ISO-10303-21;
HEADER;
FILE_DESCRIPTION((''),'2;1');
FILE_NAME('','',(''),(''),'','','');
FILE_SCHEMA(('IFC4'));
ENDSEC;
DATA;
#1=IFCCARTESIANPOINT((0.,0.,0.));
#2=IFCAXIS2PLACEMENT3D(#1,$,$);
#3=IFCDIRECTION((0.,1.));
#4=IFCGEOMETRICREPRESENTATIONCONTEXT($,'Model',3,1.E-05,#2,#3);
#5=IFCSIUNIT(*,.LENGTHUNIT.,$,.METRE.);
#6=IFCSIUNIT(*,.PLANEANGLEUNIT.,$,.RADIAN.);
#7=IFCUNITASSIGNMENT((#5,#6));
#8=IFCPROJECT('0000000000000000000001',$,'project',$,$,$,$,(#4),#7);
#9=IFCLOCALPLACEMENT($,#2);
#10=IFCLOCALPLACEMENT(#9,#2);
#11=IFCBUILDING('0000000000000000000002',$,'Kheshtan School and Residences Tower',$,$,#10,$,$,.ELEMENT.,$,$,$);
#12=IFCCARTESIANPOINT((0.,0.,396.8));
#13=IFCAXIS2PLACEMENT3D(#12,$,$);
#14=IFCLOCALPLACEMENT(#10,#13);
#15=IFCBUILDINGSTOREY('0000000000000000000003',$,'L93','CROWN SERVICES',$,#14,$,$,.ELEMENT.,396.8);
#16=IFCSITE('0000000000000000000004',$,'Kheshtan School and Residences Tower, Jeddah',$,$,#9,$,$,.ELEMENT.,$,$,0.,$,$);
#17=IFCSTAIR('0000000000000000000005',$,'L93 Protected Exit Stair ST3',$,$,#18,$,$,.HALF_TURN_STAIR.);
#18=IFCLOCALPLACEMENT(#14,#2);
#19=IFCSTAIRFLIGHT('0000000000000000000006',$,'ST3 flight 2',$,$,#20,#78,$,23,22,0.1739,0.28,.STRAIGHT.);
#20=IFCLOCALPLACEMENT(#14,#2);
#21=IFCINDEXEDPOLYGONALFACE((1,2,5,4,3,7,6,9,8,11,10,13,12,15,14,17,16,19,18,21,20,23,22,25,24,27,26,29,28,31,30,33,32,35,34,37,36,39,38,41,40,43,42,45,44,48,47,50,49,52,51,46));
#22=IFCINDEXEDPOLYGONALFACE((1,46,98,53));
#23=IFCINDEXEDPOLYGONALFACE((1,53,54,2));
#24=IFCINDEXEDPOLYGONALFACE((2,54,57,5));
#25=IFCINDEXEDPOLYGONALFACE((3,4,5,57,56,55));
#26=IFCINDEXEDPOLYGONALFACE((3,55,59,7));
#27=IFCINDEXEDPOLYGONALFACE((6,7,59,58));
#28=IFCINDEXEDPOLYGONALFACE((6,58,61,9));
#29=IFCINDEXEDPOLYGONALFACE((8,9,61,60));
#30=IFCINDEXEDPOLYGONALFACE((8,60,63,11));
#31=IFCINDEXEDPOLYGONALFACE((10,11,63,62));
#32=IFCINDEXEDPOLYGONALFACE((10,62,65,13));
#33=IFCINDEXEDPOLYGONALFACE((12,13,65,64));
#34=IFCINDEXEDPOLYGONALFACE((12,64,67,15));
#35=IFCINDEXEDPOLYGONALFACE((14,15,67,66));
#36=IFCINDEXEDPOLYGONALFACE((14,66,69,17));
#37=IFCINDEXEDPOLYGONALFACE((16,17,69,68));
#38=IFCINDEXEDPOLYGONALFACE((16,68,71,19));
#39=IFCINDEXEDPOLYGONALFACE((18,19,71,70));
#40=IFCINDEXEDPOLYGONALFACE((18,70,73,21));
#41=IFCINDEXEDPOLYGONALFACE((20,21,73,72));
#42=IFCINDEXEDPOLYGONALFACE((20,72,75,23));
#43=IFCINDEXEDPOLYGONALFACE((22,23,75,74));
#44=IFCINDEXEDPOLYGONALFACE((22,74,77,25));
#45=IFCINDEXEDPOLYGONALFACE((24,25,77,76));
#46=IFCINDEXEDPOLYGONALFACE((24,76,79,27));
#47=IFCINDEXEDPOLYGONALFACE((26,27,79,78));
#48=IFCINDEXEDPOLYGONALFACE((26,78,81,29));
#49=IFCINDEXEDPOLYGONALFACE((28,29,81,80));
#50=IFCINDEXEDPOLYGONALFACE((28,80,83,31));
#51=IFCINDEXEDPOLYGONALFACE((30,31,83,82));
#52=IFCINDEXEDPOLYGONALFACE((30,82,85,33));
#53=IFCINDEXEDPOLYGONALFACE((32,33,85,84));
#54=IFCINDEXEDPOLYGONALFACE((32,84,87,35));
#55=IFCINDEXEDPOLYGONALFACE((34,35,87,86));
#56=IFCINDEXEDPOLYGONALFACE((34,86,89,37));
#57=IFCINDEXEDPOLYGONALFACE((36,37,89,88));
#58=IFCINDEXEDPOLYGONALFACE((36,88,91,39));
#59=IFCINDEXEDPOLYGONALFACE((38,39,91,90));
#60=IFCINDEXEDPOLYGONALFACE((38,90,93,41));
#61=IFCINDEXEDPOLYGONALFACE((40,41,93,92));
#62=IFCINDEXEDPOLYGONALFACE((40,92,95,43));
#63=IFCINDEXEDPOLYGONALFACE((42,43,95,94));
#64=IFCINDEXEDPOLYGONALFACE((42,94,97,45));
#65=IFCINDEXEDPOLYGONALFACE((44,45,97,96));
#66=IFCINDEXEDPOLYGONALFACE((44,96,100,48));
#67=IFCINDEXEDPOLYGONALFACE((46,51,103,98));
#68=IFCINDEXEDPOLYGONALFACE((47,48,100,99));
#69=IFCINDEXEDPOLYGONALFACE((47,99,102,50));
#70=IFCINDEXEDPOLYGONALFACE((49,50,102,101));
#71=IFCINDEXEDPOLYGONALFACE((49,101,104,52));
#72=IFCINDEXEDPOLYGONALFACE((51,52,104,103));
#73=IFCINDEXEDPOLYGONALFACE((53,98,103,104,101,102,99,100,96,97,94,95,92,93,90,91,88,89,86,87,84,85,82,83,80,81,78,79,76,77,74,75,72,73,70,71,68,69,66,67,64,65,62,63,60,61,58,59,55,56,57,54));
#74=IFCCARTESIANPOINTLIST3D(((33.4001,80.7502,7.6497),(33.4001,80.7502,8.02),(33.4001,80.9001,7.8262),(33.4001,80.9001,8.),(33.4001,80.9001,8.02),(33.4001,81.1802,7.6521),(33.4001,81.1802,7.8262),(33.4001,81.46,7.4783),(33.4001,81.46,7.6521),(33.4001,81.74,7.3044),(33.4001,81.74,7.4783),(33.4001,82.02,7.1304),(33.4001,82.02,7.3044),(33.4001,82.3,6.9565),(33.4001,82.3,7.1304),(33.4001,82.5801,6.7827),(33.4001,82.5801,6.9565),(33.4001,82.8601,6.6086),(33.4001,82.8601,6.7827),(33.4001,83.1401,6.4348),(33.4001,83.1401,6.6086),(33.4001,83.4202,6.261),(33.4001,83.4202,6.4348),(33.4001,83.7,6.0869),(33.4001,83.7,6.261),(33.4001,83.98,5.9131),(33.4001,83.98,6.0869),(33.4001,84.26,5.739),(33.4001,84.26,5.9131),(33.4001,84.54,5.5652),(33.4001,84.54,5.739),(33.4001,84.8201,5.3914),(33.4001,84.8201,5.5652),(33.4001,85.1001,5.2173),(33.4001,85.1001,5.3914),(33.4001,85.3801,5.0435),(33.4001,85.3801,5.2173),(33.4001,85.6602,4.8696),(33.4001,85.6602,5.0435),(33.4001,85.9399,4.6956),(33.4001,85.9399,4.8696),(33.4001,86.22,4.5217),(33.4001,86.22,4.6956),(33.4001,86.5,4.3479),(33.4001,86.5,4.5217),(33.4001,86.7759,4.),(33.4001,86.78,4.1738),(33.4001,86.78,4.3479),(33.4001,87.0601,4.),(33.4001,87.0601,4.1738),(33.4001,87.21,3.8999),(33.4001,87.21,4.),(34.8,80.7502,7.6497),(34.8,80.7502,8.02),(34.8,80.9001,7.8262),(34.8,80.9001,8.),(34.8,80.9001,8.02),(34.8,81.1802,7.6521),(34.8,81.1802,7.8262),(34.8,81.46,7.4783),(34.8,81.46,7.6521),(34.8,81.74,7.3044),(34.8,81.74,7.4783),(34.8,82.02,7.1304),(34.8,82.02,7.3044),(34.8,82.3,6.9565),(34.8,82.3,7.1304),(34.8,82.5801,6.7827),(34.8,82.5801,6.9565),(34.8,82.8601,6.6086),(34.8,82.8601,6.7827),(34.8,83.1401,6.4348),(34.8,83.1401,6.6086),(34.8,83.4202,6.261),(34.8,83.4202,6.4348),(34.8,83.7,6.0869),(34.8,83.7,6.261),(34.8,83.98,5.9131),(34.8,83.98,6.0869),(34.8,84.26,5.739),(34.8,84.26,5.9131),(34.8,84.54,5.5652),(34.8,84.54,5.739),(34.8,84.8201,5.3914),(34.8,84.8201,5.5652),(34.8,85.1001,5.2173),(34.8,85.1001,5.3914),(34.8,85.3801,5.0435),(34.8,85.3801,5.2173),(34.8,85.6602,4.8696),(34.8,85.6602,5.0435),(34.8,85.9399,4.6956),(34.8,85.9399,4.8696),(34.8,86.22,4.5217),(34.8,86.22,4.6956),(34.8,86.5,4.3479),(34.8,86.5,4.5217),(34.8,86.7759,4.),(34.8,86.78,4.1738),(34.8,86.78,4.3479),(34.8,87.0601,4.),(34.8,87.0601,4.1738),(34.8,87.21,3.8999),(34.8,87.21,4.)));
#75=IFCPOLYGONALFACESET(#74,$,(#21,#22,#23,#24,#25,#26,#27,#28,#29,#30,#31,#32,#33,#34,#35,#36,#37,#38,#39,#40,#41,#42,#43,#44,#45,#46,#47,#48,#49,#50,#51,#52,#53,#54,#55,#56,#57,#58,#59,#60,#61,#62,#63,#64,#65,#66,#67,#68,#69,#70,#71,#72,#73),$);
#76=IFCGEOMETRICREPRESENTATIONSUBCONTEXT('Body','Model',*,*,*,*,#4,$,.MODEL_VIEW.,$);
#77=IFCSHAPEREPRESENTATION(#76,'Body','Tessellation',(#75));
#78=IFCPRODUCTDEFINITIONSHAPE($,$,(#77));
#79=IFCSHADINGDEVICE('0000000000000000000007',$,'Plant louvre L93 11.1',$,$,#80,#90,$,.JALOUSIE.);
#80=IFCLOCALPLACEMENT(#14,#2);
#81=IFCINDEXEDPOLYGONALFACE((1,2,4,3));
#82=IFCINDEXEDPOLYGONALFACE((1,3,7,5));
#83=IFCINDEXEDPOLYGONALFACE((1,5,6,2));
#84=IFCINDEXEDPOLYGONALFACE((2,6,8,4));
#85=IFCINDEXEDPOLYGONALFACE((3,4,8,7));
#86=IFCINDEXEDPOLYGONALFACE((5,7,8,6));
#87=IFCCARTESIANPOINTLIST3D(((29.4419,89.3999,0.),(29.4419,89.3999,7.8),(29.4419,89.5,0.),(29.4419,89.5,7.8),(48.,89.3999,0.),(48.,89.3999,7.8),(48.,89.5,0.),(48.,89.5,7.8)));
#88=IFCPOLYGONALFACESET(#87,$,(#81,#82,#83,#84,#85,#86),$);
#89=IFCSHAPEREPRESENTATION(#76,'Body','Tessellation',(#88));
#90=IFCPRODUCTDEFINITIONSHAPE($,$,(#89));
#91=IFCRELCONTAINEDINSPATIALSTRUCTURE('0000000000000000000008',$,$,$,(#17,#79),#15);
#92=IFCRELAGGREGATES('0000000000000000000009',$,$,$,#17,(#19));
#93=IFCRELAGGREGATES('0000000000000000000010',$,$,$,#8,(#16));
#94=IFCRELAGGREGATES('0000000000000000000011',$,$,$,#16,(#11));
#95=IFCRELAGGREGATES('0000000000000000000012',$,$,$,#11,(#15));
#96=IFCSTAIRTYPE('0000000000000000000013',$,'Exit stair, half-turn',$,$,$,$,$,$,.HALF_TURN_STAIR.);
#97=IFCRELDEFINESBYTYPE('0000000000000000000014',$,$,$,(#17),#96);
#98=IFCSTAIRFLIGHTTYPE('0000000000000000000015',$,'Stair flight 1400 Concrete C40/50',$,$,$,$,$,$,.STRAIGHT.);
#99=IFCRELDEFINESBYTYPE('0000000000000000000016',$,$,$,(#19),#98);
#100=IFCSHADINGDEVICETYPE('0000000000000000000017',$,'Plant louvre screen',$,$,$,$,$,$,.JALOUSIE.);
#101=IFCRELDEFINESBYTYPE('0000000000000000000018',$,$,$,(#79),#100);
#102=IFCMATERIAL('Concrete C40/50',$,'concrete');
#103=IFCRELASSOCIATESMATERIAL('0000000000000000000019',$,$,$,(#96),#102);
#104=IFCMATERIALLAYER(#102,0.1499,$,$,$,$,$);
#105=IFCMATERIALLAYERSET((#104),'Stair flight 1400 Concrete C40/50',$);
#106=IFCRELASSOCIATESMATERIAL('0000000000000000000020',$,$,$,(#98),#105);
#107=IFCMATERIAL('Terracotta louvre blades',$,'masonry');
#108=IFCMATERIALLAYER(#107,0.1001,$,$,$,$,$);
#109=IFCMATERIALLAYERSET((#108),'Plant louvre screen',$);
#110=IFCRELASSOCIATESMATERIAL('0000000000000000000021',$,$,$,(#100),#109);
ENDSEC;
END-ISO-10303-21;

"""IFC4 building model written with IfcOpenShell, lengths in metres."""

from ifc_helpers import new_model, si_unit, direction, frame, origin, origin_2d, place, context, subcontext, project, spatial, polyline, rectangle, outline, extrude, material, layer, layer_set, type_object, element, aggregate, save


model = new_model("IFC4")

# Units and contexts
model_context = context("Model", 3, precision=1e-05, world=origin(), true_north=direction((0.0, 1.0)))
body_context = subcontext(model_context, "Body", "Model", "MODEL_VIEW")
ifc_project = project(units=[si_unit("LENGTHUNIT", "METRE"), si_unit("PLANEANGLEUNIT", "RADIAN")], contexts=[model_context])

# Site, building, storey
site_placement = place(None, origin())
site = spatial("IfcSite", under=ifc_project, at=site_placement, Name="Kheshtan School and Residences Tower, Jeddah", CompositionType="ELEMENT", RefElevation=0.0)
building_placement = place(site_placement, origin())
building = spatial("IfcBuilding", under=site, at=building_placement, Name="Kheshtan School and Residences Tower", CompositionType="ELEMENT")
storey_placement = place(building_placement, frame((0.0, 0.0, 396.8)))
storey = spatial("IfcBuildingStorey", under=building, at=storey_placement, Name="L93", Description="CROWN SERVICES", CompositionType="ELEMENT", Elevation=396.8)

# Shared definitions
ifc_material_1 = material(Name="Concrete C40/50", Category="concrete")

# Stair, stair flight
stair_type = type_object("IfcStairType", Name="Exit stair, half-turn", PredefinedType="HALF_TURN_STAIR", material=ifc_material_1)
stair_placement = place(storey_placement, origin())
stair = element("IfcStair", 1, at=stair_placement, inside=storey, type_object=stair_type, Name="L93 Protected Exit Stair ST3", PredefinedType="HALF_TURN_STAIR")
ifc_layer_1 = layer(ifc_material_1, 0.1499)
ifc_layer_set_1 = layer_set([ifc_layer_1], Name="Stair flight 1400 Concrete C40/50")
stair_flight_type = type_object("IfcStairFlightType", Name="Stair flight 1400 Concrete C40/50", PredefinedType="STRAIGHT", material=ifc_layer_set_1)
stair_flight_placement = place(storey_placement, frame((34.1001, 87.0601, 4.0), z_axis=(0.0, 0.0, 1.0), x_axis=(0.0, -1.0, 0.0)))
stair_flight = element("IfcStairFlight", 2, at=stair_flight_placement, type_object=stair_flight_type, Name="ST3 flight 2", NumberOfRisers=23, NumberOfTreads=22, PredefinedType="STRAIGHT", RiserHeight=0.1739, TreadLength=0.28, context=body_context, shape_type="SweptSolid", body=[
    extrude(outline(polyline([(-0.1499, -0.1001), (-0.1499, 0.0), (0.0, 0.0), (0.0, 0.1738), (0.28, 0.1738), (0.28, 0.3479), (0.5601, 0.3479), (0.5601, 0.5217), (0.8401, 0.5217), (0.8401, 0.6956), (1.1201, 0.6956), (1.1201, 0.8696), (1.3999, 0.8696), (1.3999, 1.0435), (1.6799, 1.0435), (1.6799, 1.2173), (1.96, 1.2173), (1.96, 1.3914), (2.24, 1.3914), (2.24, 1.5652), (2.52, 1.5652), (2.52, 1.739), (2.8, 1.739), (2.8, 1.9131), (3.0801, 1.9131), (3.0801, 2.0869), (3.3601, 2.0869), (3.3601, 2.261), (3.6399, 2.261), (3.6399, 2.4348), (3.9199, 2.4348), (3.9199, 2.6086), (4.2, 2.6086), (4.2, 2.7827), (4.48, 2.7827), (4.48, 2.9565), (4.76, 2.9565), (4.76, 3.1304), (5.04, 3.1304), (5.04, 3.3044), (5.3201, 3.3044), (5.3201, 3.4783), (5.6001, 3.4783), (5.6001, 3.6521), (5.8799, 3.6521), (5.8799, 3.8262), (6.1599, 3.8262), (6.1599, 4.0), (6.1599, 4.02), (6.3098, 4.02), (6.3098, 3.6497), (0.2842, 0.0), (-0.1499, -0.1001)])), frame((0.0, 0.7, 0.0), z_axis=(0.0, -1.0, 0.0), x_axis=(1.0, 0.0, 0.0)), (0.0, 0.0, 1.0), 1.3999),
])
aggregate(stair, [stair_flight])

# Shading device
ifc_material_2 = material(Name="Terracotta louvre blades", Category="masonry")
ifc_layer_2 = layer(ifc_material_2, 0.1001)
ifc_layer_set_2 = layer_set([ifc_layer_2], Name="Plant louvre screen")
shading_device_type = type_object("IfcShadingDeviceType", Name="Plant louvre screen", PredefinedType="JALOUSIE", material=ifc_layer_set_2)
shading_device_placement = place(storey_placement, frame((38.7209, 89.45, 0.0), z_axis=(0.0, 0.0, 1.0), x_axis=(1.0, 0.0, 0.0)))
element("IfcShadingDevice", 3, at=shading_device_placement, inside=storey, type_object=shading_device_type, Name="Plant louvre L93 11.1", PredefinedType="JALOUSIE", context=body_context, shape_type="SweptSolid", body=[
    extrude(rectangle(XDim=18.5581, YDim=0.1001, at=origin_2d()), origin(), (0.0, 0.0, 1.0), 7.8),
])

save(model, "model.ifc")
